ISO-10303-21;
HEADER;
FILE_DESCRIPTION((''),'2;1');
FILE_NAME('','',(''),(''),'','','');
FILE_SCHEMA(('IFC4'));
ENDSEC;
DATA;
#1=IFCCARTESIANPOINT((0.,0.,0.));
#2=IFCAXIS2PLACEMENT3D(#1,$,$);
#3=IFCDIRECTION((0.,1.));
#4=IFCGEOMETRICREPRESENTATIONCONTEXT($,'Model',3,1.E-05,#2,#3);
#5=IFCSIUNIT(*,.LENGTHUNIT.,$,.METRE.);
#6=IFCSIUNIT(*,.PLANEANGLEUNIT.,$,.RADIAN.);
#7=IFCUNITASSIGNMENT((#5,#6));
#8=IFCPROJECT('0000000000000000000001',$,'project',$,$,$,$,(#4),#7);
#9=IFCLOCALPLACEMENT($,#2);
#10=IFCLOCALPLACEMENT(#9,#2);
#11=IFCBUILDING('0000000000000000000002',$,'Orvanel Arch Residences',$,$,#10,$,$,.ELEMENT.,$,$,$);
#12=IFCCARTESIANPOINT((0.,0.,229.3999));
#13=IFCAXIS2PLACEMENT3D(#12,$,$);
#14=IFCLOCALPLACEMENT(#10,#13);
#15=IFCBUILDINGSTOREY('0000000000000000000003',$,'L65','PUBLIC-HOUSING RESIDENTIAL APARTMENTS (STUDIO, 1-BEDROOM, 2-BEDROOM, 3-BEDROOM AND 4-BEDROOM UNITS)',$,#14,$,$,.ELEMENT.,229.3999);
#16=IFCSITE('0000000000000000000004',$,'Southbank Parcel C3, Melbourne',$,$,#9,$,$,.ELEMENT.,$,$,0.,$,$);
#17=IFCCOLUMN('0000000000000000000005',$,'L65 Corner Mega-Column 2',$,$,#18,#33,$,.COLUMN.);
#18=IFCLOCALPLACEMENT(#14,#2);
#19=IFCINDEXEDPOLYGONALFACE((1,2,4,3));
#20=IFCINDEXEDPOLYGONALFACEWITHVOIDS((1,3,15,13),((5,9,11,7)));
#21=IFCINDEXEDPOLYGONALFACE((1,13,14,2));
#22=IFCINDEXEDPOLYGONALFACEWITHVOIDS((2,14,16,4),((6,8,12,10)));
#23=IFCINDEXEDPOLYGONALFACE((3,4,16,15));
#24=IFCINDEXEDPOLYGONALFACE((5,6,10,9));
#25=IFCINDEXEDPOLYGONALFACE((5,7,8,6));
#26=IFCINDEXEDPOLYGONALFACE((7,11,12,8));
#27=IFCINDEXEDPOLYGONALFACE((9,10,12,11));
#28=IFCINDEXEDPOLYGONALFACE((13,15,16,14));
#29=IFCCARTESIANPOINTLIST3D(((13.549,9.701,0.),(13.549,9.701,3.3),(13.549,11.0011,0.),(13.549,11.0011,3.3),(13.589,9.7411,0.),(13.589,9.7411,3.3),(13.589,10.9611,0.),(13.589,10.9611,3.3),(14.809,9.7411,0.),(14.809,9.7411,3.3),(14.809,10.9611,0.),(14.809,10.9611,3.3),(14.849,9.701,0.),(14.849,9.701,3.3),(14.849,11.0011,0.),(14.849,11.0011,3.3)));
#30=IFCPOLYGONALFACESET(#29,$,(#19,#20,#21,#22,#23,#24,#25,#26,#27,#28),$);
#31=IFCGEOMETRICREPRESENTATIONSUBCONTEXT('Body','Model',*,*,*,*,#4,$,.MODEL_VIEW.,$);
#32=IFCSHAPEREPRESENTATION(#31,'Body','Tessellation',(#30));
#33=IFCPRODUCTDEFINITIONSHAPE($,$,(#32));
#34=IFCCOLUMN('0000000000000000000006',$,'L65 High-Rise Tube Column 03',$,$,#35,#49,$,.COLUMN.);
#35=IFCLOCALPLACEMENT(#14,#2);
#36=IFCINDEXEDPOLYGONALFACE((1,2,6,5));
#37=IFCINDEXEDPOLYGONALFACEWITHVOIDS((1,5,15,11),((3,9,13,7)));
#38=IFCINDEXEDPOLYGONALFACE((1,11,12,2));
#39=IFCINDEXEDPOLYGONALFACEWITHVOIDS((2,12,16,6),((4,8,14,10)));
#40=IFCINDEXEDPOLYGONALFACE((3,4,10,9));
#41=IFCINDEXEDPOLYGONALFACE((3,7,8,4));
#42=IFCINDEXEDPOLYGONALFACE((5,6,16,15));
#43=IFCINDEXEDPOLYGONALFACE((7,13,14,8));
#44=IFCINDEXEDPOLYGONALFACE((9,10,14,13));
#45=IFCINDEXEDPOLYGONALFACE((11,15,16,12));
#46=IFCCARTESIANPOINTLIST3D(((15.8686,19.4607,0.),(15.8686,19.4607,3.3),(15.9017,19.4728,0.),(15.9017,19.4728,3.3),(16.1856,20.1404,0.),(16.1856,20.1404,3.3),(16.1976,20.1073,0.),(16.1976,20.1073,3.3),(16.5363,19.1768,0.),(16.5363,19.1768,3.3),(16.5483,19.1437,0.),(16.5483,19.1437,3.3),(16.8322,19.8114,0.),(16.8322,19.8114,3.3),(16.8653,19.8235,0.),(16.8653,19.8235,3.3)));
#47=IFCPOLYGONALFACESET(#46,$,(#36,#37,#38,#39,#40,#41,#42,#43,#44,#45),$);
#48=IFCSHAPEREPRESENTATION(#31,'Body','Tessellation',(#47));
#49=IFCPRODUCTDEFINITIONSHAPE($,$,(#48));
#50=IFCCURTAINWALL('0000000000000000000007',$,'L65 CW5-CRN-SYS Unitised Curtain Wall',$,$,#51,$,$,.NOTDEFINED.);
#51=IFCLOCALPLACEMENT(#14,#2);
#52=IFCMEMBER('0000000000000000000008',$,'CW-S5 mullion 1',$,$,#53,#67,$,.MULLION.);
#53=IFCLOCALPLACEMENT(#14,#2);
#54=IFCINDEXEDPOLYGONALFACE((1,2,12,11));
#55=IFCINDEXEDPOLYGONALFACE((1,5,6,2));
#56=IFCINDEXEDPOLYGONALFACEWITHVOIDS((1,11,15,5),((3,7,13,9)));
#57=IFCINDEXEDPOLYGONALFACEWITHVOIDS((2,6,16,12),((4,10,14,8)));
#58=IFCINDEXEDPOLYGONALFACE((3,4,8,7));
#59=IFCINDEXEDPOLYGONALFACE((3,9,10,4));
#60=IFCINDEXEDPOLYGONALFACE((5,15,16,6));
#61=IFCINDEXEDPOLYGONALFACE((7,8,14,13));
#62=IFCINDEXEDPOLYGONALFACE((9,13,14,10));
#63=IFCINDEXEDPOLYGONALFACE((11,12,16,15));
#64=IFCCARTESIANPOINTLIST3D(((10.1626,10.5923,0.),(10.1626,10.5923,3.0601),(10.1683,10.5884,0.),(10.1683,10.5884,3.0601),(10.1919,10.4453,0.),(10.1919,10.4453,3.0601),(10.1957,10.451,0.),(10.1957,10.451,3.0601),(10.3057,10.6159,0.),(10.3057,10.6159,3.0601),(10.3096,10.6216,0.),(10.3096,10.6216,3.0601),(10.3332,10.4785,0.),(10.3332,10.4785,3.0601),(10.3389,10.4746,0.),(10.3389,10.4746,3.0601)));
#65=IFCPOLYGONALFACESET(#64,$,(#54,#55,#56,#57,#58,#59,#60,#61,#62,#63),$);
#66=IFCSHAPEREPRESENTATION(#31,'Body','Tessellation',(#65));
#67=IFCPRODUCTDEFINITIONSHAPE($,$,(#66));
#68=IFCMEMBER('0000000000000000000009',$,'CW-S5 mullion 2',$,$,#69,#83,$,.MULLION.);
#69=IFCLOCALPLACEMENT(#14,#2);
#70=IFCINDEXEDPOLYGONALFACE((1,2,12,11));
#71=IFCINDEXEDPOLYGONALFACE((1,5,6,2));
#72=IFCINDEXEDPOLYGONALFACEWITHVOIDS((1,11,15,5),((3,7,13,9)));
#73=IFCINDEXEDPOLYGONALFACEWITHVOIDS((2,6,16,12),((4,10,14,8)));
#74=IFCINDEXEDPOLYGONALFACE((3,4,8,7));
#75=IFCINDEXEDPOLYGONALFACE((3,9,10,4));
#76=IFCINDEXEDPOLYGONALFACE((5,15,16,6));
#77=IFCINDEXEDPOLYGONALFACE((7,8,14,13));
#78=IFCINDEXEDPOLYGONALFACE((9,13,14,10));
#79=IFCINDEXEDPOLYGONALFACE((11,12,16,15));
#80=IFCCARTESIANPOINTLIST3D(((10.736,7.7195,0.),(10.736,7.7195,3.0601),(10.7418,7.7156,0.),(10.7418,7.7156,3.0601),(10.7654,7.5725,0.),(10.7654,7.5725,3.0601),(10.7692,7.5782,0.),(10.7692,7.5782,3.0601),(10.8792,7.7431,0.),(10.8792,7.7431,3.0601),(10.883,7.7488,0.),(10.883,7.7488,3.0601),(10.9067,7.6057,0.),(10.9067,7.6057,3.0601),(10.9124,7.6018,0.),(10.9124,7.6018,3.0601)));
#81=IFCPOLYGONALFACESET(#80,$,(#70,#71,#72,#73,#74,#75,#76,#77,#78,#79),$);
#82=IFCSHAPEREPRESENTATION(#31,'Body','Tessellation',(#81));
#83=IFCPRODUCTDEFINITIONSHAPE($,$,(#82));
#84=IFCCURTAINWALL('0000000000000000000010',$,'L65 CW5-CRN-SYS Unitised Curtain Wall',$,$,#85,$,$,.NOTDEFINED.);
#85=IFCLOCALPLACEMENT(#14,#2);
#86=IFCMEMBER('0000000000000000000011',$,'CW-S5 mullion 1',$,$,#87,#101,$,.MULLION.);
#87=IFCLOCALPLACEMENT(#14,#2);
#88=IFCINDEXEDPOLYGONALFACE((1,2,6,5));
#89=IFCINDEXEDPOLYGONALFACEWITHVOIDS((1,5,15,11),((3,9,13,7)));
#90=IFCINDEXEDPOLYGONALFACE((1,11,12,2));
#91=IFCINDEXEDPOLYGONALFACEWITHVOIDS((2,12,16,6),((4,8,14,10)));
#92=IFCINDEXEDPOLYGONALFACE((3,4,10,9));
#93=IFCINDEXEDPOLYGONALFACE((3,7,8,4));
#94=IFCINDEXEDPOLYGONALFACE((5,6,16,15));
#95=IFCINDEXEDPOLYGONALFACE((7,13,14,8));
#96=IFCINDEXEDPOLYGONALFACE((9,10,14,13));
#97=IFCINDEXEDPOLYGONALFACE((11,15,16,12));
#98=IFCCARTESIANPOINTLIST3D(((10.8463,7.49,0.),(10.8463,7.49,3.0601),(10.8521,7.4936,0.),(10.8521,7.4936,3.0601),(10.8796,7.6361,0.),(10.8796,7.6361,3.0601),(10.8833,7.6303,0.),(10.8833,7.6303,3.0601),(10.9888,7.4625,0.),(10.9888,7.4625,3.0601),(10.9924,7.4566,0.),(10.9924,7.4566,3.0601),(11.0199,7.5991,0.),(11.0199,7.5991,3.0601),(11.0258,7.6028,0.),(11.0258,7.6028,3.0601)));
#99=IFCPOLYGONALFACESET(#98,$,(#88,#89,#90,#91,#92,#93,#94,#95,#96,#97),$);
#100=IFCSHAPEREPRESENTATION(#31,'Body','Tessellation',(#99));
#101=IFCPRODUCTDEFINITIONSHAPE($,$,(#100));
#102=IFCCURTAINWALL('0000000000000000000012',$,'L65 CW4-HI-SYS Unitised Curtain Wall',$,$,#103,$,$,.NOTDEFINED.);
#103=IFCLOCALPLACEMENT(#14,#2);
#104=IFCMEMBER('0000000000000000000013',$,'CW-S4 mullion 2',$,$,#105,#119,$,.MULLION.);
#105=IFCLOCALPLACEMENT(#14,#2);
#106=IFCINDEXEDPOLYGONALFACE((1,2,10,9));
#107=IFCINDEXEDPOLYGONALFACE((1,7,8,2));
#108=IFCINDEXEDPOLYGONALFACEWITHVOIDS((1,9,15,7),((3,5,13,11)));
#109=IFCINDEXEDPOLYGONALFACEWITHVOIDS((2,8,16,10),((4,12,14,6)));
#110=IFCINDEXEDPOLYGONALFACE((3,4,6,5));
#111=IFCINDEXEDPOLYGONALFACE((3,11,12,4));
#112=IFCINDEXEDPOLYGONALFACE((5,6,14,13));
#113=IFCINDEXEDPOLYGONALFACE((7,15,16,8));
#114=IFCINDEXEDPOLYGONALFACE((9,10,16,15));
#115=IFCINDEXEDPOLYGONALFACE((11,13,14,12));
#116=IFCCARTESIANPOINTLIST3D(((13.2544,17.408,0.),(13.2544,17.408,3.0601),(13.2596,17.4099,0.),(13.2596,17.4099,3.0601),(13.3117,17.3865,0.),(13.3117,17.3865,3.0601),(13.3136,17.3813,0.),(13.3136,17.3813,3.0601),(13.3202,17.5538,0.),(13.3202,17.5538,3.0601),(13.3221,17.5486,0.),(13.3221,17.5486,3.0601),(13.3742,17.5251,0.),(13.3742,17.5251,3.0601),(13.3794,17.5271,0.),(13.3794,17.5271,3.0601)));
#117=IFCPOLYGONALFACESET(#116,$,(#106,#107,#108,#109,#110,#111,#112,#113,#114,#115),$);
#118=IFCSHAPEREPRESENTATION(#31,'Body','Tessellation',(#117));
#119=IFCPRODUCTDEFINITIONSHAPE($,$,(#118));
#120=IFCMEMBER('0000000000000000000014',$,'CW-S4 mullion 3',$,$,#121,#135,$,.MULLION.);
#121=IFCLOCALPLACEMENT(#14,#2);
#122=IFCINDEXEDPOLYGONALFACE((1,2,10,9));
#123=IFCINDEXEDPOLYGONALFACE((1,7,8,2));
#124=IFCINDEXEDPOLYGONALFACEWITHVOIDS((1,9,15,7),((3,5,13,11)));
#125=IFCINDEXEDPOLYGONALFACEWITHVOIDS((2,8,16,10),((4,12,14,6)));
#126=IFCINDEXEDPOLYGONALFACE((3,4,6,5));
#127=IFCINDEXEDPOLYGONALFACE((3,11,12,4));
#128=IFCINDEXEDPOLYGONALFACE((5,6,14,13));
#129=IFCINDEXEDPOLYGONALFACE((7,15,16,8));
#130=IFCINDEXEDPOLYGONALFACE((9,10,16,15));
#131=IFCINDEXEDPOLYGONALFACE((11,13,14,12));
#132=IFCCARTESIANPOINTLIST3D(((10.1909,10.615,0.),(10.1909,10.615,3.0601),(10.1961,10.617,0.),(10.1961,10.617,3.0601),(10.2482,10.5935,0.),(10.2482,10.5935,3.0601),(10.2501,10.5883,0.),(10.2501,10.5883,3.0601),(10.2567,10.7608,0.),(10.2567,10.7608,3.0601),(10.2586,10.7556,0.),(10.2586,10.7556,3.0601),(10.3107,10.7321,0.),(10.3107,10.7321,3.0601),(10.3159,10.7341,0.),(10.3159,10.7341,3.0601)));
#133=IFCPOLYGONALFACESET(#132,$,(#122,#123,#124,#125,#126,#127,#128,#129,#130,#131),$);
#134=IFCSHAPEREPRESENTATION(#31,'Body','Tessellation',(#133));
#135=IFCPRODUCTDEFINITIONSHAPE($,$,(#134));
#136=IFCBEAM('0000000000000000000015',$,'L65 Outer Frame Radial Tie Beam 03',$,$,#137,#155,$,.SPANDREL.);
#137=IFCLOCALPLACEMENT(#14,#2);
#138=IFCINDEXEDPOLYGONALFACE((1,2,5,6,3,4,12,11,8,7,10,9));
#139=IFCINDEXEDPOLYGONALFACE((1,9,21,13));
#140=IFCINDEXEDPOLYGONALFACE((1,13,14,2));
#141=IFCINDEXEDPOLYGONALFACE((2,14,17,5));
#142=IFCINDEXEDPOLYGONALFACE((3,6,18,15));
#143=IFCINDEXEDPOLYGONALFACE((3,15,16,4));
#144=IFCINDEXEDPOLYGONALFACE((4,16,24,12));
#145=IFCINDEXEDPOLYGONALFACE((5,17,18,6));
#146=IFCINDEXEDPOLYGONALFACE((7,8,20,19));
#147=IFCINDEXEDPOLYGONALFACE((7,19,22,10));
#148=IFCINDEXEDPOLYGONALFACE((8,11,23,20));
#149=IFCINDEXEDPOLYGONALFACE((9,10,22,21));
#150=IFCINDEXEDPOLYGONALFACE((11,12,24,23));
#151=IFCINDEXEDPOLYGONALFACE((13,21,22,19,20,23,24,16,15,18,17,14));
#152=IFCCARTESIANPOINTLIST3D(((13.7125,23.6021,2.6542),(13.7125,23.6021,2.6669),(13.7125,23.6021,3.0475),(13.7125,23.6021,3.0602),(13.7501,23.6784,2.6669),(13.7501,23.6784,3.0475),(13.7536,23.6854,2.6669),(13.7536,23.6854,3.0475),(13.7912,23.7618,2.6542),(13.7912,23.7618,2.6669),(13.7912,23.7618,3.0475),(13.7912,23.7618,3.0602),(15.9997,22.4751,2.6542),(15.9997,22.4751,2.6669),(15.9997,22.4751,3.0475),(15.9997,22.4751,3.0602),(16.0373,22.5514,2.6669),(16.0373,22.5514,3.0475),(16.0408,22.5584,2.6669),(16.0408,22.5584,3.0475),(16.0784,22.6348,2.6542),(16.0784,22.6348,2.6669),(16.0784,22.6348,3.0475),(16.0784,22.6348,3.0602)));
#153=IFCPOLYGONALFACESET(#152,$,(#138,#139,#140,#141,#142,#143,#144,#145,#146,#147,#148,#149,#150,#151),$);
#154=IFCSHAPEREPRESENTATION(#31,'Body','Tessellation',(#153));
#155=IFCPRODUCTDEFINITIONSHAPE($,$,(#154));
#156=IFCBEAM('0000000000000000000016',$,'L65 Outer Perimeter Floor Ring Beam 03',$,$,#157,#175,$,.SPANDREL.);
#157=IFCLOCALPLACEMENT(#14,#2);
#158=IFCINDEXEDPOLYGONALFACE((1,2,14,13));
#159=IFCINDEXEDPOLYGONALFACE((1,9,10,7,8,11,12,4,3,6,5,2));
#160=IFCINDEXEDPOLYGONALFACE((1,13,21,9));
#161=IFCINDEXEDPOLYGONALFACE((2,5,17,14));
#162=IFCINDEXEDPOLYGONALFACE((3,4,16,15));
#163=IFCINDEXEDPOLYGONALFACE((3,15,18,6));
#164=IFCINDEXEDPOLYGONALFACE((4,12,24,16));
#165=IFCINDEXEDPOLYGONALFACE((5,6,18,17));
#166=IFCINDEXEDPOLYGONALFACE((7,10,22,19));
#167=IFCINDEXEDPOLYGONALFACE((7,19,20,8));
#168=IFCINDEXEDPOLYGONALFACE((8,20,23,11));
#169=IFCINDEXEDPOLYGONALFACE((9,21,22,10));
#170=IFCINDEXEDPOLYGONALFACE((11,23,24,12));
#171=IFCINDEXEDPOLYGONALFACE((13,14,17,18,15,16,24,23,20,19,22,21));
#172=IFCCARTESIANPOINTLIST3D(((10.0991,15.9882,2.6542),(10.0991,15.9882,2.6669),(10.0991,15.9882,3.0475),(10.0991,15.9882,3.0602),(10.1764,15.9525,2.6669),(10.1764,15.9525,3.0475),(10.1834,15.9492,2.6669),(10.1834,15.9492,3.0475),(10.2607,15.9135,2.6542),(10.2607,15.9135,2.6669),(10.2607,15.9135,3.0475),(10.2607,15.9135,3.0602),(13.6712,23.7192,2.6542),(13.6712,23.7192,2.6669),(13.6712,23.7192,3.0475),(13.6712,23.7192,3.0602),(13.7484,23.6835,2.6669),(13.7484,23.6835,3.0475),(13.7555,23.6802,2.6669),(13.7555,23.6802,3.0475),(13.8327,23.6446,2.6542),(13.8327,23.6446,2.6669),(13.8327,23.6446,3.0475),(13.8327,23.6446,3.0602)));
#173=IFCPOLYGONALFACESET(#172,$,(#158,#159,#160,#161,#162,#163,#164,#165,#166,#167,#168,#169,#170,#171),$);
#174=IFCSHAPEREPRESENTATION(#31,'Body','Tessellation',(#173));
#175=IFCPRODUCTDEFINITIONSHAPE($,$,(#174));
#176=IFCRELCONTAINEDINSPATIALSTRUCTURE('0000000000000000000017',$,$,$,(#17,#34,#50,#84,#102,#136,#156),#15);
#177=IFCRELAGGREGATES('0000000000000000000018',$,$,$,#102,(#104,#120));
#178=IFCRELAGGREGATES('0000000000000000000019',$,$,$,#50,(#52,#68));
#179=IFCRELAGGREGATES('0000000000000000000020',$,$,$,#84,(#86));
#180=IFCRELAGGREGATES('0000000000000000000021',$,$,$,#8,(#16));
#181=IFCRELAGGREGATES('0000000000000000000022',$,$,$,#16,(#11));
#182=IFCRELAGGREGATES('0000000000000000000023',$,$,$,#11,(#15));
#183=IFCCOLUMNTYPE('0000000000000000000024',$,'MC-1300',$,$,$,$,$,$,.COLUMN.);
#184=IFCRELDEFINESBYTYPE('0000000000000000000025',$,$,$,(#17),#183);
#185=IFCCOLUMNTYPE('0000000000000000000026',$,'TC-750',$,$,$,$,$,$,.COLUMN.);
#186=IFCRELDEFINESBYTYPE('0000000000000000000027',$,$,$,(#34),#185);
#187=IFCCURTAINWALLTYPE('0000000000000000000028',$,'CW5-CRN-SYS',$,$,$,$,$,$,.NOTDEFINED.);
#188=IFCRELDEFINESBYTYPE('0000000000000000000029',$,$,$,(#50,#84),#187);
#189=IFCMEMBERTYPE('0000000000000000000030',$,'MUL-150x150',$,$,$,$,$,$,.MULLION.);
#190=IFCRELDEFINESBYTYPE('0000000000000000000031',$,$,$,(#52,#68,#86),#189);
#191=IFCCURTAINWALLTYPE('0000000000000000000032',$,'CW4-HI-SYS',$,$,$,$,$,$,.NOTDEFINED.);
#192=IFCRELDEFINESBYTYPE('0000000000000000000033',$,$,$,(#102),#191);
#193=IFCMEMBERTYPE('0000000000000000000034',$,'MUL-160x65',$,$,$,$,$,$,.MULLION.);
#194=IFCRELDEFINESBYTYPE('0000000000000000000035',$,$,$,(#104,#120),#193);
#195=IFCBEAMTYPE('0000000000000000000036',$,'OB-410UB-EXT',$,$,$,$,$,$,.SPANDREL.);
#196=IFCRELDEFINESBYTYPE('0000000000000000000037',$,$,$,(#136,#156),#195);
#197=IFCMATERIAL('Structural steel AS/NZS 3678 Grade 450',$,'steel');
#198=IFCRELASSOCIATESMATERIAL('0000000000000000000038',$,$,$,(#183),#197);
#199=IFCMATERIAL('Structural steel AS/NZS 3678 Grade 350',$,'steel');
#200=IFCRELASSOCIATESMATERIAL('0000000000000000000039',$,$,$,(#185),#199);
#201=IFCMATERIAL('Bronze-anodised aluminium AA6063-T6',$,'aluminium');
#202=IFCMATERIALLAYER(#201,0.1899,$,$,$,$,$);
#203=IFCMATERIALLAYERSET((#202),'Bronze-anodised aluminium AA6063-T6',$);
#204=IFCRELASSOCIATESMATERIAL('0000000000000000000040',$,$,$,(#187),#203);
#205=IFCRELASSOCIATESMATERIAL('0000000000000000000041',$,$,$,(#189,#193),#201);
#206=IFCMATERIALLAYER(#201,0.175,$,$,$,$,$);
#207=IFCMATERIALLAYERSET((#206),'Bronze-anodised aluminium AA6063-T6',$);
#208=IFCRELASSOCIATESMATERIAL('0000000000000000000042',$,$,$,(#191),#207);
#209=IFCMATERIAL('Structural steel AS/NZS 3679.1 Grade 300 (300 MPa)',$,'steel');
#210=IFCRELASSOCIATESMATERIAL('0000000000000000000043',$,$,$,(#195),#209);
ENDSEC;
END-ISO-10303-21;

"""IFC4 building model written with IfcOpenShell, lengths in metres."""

from ifc_helpers import new_model, si_unit, direction, frame, origin, origin_2d, place, context, subcontext, project, spatial, hollow_rectangle, i_section, extrude, material, layer, layer_set, material_profile, profile_set, type_object, element, aggregate, save


model = new_model("IFC4")

# Units and contexts
model_context = context("Model", 3, precision=1e-05, world=origin(), true_north=direction((0.0, 1.0)))
body_context = subcontext(model_context, "Body", "Model", "MODEL_VIEW")
ifc_project = project(units=[si_unit("LENGTHUNIT", "METRE"), si_unit("PLANEANGLEUNIT", "RADIAN")], contexts=[model_context])

# Site, building, storey
site_placement = place(None, origin())
site = spatial("IfcSite", under=ifc_project, at=site_placement, Name="Southbank Parcel C3, Melbourne", CompositionType="ELEMENT", RefElevation=0.0)
building_placement = place(site_placement, origin())
building = spatial("IfcBuilding", under=site, at=building_placement, Name="Orvanel Arch Residences", CompositionType="ELEMENT")
storey_placement = place(building_placement, frame((0.0, 0.0, 229.3999)))
storey = spatial("IfcBuildingStorey", under=building, at=storey_placement, Name="L65", Description="PUBLIC-HOUSING RESIDENTIAL APARTMENTS (STUDIO, 1-BEDROOM, 2-BEDROOM, 3-BEDROOM AND 4-BEDROOM UNITS)", CompositionType="ELEMENT", Elevation=229.3999)

# Columns
ifc_material_1 = material(Name="Structural steel AS/NZS 3678 Grade 450", Category="steel")
ifc_material_profile_1 = material_profile(ifc_material_1, hollow_rectangle(XDim=1.3, YDim=1.3, WallThickness=0.04, at=origin_2d()), Name="BOX1300x1300x40")
ifc_profile_set_1 = profile_set([ifc_material_profile_1], Name="Structural steel AS/NZS 3678 Grade 450")
column_type_1 = type_object("IfcColumnType", Name="MC-1300", PredefinedType="COLUMN", material=ifc_profile_set_1)
column_1_placement = place(storey_placement, frame((14.199, 10.3511, 0.0), z_axis=(0.0, 0.0, 1.0), x_axis=(1.0, 0.0, 0.0)))
element("IfcColumn", 1, at=column_1_placement, inside=storey, type_object=column_type_1, Name="L65 Corner Mega-Column 2", PredefinedType="COLUMN", context=body_context, shape_type="SweptSolid", body=[
    extrude(hollow_rectangle(XDim=1.3, YDim=1.3, WallThickness=0.04, at=origin_2d()), origin(), (0.0, 0.0, 1.0), 3.3),
])
ifc_material_2 = material(Name="Structural steel AS/NZS 3678 Grade 350", Category="steel")
ifc_material_profile_2 = material_profile(ifc_material_2, hollow_rectangle(XDim=0.75, YDim=0.75, WallThickness=0.0249, at=origin_2d()), Name="BOX750x750x25")
ifc_profile_set_2 = profile_set([ifc_material_profile_2], Name="Structural steel AS/NZS 3678 Grade 350")
column_type_2 = type_object("IfcColumnType", Name="TC-750", PredefinedType="COLUMN", material=ifc_profile_set_2)
column_2_placement = place(storey_placement, frame((16.3669, 19.6421, 0.0), z_axis=(0.0, 0.0, 1.0), x_axis=(0.422618, 0.906308, 0.0)))
element("IfcColumn", 2, at=column_2_placement, inside=storey, type_object=column_type_2, Name="L65 High-Rise Tube Column 03", PredefinedType="COLUMN", context=body_context, shape_type="SweptSolid", body=[
    extrude(hollow_rectangle(XDim=0.75, YDim=0.75, WallThickness=0.0249, at=origin_2d()), origin(), (0.0, 0.0, 1.0), 3.3),
])

# Curtain wall, members
ifc_material_3 = material(Name="Bronze-anodised aluminium AA6063-T6", Category="aluminium")
ifc_layer_1 = layer(ifc_material_3, 0.1899)
ifc_layer_set_1 = layer_set([ifc_layer_1], Name="Bronze-anodised aluminium AA6063-T6")
curtain_wall_type_1 = type_object("IfcCurtainWallType", Name="CW5-CRN-SYS", PredefinedType="NOTDEFINED", material=ifc_layer_set_1)
curtain_wall_1_placement = place(storey_placement, origin())
curtain_wall_1 = element("IfcCurtainWall", 3, at=curtain_wall_1_placement, inside=storey, type_object=curtain_wall_type_1, Name="L65 CW5-CRN-SYS Unitised Curtain Wall", PredefinedType="NOTDEFINED")
ifc_material_profile_3 = material_profile(ifc_material_3, hollow_rectangle(XDim=0.1499, YDim=0.1499, WallThickness=0.0049, at=origin_2d()), Name="ALU150x150x5")
ifc_profile_set_3 = profile_set([ifc_material_profile_3], Name="Bronze-anodised aluminium AA6063-T6")
member_type_1 = type_object("IfcMemberType", Name="MUL-150x150", PredefinedType="MULLION", material=ifc_profile_set_3)
member_1_placement = place(storey_placement, frame((10.2507, 10.5334, 0.0), z_axis=(0.0, 0.0, 1.0), x_axis=(0.980643, 0.195804, 0.0)))
member_1 = element("IfcMember", 4, at=member_1_placement, type_object=member_type_1, Name="CW-S5 mullion 1", PredefinedType="MULLION", context=body_context, shape_type="SweptSolid", body=[
    extrude(hollow_rectangle(XDim=0.1499, YDim=0.1499, WallThickness=0.0049, at=origin_2d()), origin(), (0.0, 0.0, 1.0), 3.0601),
])
member_2_placement = place(storey_placement, frame((10.8242, 7.6606, 0.0), z_axis=(0.0, 0.0, 1.0), x_axis=(0.980643, 0.195804, 0.0)))
member_2 = element("IfcMember", 5, at=member_2_placement, type_object=member_type_1, Name="CW-S5 mullion 2", PredefinedType="MULLION", context=body_context, shape_type="SweptSolid", body=[
    extrude(hollow_rectangle(XDim=0.1499, YDim=0.1499, WallThickness=0.0049, at=origin_2d()), origin(), (0.0, 0.0, 1.0), 3.0601),
])

# Curtain wall, member
curtain_wall_2_placement = place(storey_placement, origin())
curtain_wall_2 = element("IfcCurtainWall", 6, at=curtain_wall_2_placement, inside=storey, type_object=curtain_wall_type_1, Name="L65 CW5-CRN-SYS Unitised Curtain Wall", PredefinedType="NOTDEFINED")
member_3_placement = place(storey_placement, frame((10.936, 7.5464, 0.0), z_axis=(0.0, 0.0, 1.0), x_axis=(0.222302, 0.974978, 0.0)))
member_3 = element("IfcMember", 7, at=member_3_placement, type_object=member_type_1, Name="CW-S5 mullion 1", PredefinedType="MULLION", context=body_context, shape_type="SweptSolid", body=[
    extrude(hollow_rectangle(XDim=0.1499, YDim=0.1499, WallThickness=0.0049, at=origin_2d()), origin(), (0.0, 0.0, 1.0), 3.0601),
])

# Curtain wall, members
ifc_layer_2 = layer(ifc_material_3, 0.175)
ifc_layer_set_2 = layer_set([ifc_layer_2], Name="Bronze-anodised aluminium AA6063-T6")
curtain_wall_type_2 = type_object("IfcCurtainWallType", Name="CW4-HI-SYS", PredefinedType="NOTDEFINED", material=ifc_layer_set_2)
curtain_wall_3_placement = place(storey_placement, origin())
curtain_wall_3 = element("IfcCurtainWall", 8, at=curtain_wall_3_placement, inside=storey, type_object=curtain_wall_type_2, Name="L65 CW4-HI-SYS Unitised Curtain Wall", PredefinedType="NOTDEFINED")
ifc_material_profile_4 = material_profile(ifc_material_3, hollow_rectangle(XDim=0.0649, YDim=0.1599, WallThickness=0.0039, at=origin_2d()), Name="ALU160x65x4")
ifc_profile_set_4 = profile_set([ifc_material_profile_4], Name="Bronze-anodised aluminium AA6063-T6")
member_type_2 = type_object("IfcMemberType", Name="MUL-160x65", PredefinedType="MULLION", material=ifc_profile_set_4)
member_4_placement = place(storey_placement, frame((13.3169, 17.4675, 0.0), z_axis=(0.0, 0.0, 1.0), x_axis=(0.911577, -0.411128, 0.0)))
member_4 = element("IfcMember", 9, at=member_4_placement, type_object=member_type_2, Name="CW-S4 mullion 2", PredefinedType="MULLION", context=body_context, shape_type="SweptSolid", body=[
    extrude(hollow_rectangle(XDim=0.0649, YDim=0.1599, WallThickness=0.0039, at=origin_2d()), origin(), (0.0, 0.0, 1.0), 3.0601),
])
member_5_placement = place(storey_placement, frame((10.2534, 10.6746, 0.0), z_axis=(0.0, 0.0, 1.0), x_axis=(0.911577, -0.411128, 0.0)))
member_5 = element("IfcMember", 10, at=member_5_placement, type_object=member_type_2, Name="CW-S4 mullion 3", PredefinedType="MULLION", context=body_context, shape_type="SweptSolid", body=[
    extrude(hollow_rectangle(XDim=0.0649, YDim=0.1599, WallThickness=0.0039, at=origin_2d()), origin(), (0.0, 0.0, 1.0), 3.0601),
])

# Beams
ifc_material_4 = material(Name="Structural steel AS/NZS 3679.1 Grade 300 (300 MPa)", Category="steel")
ifc_material_profile_5 = material_profile(ifc_material_4, i_section(OverallWidth=0.178, OverallDepth=0.406, WebThickness=0.0078, FlangeThickness=0.0127, at=origin_2d()), Name="410UB59.7")
ifc_profile_set_5 = profile_set([ifc_material_profile_5], Name="Structural steel AS/NZS 3679.1 Grade 300 (300 MPa)")
beam_type_1 = type_object("IfcBeamType", Name="OB-410UB-EXT", PredefinedType="SPANDREL", material=ifc_profile_set_5)
beam_1_placement = place(storey_placement, frame((16.0391, 22.5549, 2.8572), z_axis=(-0.897017, 0.441997, 0.0), x_axis=(-0.441997, -0.897017, 0.0)))
element("IfcBeam", 11, at=beam_1_placement, inside=storey, type_object=beam_type_1, Name="L65 Outer Frame Radial Tie Beam 03", PredefinedType="SPANDREL", context=body_context, shape_type="SweptSolid", body=[
    extrude(i_section(OverallWidth=0.178, OverallDepth=0.406, WebThickness=0.0078, FlangeThickness=0.0127, at=origin_2d()), origin(), (0.0, 0.0, 1.0), 2.5498),
])
beam_2_placement = place(storey_placement, frame((13.752, 23.6819, 2.8572), z_axis=(-0.419434, -0.907786, 0.0), x_axis=(0.907786, -0.419434, 0.0)))
element("IfcBeam", 12, at=beam_2_placement, inside=storey, type_object=beam_type_1, Name="L65 Outer Perimeter Floor Ring Beam 03", PredefinedType="SPANDREL", context=body_context, shape_type="SweptSolid", body=[
    extrude(i_section(OverallWidth=0.178, OverallDepth=0.406, WebThickness=0.0078, FlangeThickness=0.0127, at=origin_2d()), origin(), (0.0, 0.0, 1.0), 8.5164),
])

aggregate(curtain_wall_3, [member_4, member_5])
aggregate(curtain_wall_1, [member_1, member_2])
aggregate(curtain_wall_2, [member_3])

save(model, "model.ifc")
